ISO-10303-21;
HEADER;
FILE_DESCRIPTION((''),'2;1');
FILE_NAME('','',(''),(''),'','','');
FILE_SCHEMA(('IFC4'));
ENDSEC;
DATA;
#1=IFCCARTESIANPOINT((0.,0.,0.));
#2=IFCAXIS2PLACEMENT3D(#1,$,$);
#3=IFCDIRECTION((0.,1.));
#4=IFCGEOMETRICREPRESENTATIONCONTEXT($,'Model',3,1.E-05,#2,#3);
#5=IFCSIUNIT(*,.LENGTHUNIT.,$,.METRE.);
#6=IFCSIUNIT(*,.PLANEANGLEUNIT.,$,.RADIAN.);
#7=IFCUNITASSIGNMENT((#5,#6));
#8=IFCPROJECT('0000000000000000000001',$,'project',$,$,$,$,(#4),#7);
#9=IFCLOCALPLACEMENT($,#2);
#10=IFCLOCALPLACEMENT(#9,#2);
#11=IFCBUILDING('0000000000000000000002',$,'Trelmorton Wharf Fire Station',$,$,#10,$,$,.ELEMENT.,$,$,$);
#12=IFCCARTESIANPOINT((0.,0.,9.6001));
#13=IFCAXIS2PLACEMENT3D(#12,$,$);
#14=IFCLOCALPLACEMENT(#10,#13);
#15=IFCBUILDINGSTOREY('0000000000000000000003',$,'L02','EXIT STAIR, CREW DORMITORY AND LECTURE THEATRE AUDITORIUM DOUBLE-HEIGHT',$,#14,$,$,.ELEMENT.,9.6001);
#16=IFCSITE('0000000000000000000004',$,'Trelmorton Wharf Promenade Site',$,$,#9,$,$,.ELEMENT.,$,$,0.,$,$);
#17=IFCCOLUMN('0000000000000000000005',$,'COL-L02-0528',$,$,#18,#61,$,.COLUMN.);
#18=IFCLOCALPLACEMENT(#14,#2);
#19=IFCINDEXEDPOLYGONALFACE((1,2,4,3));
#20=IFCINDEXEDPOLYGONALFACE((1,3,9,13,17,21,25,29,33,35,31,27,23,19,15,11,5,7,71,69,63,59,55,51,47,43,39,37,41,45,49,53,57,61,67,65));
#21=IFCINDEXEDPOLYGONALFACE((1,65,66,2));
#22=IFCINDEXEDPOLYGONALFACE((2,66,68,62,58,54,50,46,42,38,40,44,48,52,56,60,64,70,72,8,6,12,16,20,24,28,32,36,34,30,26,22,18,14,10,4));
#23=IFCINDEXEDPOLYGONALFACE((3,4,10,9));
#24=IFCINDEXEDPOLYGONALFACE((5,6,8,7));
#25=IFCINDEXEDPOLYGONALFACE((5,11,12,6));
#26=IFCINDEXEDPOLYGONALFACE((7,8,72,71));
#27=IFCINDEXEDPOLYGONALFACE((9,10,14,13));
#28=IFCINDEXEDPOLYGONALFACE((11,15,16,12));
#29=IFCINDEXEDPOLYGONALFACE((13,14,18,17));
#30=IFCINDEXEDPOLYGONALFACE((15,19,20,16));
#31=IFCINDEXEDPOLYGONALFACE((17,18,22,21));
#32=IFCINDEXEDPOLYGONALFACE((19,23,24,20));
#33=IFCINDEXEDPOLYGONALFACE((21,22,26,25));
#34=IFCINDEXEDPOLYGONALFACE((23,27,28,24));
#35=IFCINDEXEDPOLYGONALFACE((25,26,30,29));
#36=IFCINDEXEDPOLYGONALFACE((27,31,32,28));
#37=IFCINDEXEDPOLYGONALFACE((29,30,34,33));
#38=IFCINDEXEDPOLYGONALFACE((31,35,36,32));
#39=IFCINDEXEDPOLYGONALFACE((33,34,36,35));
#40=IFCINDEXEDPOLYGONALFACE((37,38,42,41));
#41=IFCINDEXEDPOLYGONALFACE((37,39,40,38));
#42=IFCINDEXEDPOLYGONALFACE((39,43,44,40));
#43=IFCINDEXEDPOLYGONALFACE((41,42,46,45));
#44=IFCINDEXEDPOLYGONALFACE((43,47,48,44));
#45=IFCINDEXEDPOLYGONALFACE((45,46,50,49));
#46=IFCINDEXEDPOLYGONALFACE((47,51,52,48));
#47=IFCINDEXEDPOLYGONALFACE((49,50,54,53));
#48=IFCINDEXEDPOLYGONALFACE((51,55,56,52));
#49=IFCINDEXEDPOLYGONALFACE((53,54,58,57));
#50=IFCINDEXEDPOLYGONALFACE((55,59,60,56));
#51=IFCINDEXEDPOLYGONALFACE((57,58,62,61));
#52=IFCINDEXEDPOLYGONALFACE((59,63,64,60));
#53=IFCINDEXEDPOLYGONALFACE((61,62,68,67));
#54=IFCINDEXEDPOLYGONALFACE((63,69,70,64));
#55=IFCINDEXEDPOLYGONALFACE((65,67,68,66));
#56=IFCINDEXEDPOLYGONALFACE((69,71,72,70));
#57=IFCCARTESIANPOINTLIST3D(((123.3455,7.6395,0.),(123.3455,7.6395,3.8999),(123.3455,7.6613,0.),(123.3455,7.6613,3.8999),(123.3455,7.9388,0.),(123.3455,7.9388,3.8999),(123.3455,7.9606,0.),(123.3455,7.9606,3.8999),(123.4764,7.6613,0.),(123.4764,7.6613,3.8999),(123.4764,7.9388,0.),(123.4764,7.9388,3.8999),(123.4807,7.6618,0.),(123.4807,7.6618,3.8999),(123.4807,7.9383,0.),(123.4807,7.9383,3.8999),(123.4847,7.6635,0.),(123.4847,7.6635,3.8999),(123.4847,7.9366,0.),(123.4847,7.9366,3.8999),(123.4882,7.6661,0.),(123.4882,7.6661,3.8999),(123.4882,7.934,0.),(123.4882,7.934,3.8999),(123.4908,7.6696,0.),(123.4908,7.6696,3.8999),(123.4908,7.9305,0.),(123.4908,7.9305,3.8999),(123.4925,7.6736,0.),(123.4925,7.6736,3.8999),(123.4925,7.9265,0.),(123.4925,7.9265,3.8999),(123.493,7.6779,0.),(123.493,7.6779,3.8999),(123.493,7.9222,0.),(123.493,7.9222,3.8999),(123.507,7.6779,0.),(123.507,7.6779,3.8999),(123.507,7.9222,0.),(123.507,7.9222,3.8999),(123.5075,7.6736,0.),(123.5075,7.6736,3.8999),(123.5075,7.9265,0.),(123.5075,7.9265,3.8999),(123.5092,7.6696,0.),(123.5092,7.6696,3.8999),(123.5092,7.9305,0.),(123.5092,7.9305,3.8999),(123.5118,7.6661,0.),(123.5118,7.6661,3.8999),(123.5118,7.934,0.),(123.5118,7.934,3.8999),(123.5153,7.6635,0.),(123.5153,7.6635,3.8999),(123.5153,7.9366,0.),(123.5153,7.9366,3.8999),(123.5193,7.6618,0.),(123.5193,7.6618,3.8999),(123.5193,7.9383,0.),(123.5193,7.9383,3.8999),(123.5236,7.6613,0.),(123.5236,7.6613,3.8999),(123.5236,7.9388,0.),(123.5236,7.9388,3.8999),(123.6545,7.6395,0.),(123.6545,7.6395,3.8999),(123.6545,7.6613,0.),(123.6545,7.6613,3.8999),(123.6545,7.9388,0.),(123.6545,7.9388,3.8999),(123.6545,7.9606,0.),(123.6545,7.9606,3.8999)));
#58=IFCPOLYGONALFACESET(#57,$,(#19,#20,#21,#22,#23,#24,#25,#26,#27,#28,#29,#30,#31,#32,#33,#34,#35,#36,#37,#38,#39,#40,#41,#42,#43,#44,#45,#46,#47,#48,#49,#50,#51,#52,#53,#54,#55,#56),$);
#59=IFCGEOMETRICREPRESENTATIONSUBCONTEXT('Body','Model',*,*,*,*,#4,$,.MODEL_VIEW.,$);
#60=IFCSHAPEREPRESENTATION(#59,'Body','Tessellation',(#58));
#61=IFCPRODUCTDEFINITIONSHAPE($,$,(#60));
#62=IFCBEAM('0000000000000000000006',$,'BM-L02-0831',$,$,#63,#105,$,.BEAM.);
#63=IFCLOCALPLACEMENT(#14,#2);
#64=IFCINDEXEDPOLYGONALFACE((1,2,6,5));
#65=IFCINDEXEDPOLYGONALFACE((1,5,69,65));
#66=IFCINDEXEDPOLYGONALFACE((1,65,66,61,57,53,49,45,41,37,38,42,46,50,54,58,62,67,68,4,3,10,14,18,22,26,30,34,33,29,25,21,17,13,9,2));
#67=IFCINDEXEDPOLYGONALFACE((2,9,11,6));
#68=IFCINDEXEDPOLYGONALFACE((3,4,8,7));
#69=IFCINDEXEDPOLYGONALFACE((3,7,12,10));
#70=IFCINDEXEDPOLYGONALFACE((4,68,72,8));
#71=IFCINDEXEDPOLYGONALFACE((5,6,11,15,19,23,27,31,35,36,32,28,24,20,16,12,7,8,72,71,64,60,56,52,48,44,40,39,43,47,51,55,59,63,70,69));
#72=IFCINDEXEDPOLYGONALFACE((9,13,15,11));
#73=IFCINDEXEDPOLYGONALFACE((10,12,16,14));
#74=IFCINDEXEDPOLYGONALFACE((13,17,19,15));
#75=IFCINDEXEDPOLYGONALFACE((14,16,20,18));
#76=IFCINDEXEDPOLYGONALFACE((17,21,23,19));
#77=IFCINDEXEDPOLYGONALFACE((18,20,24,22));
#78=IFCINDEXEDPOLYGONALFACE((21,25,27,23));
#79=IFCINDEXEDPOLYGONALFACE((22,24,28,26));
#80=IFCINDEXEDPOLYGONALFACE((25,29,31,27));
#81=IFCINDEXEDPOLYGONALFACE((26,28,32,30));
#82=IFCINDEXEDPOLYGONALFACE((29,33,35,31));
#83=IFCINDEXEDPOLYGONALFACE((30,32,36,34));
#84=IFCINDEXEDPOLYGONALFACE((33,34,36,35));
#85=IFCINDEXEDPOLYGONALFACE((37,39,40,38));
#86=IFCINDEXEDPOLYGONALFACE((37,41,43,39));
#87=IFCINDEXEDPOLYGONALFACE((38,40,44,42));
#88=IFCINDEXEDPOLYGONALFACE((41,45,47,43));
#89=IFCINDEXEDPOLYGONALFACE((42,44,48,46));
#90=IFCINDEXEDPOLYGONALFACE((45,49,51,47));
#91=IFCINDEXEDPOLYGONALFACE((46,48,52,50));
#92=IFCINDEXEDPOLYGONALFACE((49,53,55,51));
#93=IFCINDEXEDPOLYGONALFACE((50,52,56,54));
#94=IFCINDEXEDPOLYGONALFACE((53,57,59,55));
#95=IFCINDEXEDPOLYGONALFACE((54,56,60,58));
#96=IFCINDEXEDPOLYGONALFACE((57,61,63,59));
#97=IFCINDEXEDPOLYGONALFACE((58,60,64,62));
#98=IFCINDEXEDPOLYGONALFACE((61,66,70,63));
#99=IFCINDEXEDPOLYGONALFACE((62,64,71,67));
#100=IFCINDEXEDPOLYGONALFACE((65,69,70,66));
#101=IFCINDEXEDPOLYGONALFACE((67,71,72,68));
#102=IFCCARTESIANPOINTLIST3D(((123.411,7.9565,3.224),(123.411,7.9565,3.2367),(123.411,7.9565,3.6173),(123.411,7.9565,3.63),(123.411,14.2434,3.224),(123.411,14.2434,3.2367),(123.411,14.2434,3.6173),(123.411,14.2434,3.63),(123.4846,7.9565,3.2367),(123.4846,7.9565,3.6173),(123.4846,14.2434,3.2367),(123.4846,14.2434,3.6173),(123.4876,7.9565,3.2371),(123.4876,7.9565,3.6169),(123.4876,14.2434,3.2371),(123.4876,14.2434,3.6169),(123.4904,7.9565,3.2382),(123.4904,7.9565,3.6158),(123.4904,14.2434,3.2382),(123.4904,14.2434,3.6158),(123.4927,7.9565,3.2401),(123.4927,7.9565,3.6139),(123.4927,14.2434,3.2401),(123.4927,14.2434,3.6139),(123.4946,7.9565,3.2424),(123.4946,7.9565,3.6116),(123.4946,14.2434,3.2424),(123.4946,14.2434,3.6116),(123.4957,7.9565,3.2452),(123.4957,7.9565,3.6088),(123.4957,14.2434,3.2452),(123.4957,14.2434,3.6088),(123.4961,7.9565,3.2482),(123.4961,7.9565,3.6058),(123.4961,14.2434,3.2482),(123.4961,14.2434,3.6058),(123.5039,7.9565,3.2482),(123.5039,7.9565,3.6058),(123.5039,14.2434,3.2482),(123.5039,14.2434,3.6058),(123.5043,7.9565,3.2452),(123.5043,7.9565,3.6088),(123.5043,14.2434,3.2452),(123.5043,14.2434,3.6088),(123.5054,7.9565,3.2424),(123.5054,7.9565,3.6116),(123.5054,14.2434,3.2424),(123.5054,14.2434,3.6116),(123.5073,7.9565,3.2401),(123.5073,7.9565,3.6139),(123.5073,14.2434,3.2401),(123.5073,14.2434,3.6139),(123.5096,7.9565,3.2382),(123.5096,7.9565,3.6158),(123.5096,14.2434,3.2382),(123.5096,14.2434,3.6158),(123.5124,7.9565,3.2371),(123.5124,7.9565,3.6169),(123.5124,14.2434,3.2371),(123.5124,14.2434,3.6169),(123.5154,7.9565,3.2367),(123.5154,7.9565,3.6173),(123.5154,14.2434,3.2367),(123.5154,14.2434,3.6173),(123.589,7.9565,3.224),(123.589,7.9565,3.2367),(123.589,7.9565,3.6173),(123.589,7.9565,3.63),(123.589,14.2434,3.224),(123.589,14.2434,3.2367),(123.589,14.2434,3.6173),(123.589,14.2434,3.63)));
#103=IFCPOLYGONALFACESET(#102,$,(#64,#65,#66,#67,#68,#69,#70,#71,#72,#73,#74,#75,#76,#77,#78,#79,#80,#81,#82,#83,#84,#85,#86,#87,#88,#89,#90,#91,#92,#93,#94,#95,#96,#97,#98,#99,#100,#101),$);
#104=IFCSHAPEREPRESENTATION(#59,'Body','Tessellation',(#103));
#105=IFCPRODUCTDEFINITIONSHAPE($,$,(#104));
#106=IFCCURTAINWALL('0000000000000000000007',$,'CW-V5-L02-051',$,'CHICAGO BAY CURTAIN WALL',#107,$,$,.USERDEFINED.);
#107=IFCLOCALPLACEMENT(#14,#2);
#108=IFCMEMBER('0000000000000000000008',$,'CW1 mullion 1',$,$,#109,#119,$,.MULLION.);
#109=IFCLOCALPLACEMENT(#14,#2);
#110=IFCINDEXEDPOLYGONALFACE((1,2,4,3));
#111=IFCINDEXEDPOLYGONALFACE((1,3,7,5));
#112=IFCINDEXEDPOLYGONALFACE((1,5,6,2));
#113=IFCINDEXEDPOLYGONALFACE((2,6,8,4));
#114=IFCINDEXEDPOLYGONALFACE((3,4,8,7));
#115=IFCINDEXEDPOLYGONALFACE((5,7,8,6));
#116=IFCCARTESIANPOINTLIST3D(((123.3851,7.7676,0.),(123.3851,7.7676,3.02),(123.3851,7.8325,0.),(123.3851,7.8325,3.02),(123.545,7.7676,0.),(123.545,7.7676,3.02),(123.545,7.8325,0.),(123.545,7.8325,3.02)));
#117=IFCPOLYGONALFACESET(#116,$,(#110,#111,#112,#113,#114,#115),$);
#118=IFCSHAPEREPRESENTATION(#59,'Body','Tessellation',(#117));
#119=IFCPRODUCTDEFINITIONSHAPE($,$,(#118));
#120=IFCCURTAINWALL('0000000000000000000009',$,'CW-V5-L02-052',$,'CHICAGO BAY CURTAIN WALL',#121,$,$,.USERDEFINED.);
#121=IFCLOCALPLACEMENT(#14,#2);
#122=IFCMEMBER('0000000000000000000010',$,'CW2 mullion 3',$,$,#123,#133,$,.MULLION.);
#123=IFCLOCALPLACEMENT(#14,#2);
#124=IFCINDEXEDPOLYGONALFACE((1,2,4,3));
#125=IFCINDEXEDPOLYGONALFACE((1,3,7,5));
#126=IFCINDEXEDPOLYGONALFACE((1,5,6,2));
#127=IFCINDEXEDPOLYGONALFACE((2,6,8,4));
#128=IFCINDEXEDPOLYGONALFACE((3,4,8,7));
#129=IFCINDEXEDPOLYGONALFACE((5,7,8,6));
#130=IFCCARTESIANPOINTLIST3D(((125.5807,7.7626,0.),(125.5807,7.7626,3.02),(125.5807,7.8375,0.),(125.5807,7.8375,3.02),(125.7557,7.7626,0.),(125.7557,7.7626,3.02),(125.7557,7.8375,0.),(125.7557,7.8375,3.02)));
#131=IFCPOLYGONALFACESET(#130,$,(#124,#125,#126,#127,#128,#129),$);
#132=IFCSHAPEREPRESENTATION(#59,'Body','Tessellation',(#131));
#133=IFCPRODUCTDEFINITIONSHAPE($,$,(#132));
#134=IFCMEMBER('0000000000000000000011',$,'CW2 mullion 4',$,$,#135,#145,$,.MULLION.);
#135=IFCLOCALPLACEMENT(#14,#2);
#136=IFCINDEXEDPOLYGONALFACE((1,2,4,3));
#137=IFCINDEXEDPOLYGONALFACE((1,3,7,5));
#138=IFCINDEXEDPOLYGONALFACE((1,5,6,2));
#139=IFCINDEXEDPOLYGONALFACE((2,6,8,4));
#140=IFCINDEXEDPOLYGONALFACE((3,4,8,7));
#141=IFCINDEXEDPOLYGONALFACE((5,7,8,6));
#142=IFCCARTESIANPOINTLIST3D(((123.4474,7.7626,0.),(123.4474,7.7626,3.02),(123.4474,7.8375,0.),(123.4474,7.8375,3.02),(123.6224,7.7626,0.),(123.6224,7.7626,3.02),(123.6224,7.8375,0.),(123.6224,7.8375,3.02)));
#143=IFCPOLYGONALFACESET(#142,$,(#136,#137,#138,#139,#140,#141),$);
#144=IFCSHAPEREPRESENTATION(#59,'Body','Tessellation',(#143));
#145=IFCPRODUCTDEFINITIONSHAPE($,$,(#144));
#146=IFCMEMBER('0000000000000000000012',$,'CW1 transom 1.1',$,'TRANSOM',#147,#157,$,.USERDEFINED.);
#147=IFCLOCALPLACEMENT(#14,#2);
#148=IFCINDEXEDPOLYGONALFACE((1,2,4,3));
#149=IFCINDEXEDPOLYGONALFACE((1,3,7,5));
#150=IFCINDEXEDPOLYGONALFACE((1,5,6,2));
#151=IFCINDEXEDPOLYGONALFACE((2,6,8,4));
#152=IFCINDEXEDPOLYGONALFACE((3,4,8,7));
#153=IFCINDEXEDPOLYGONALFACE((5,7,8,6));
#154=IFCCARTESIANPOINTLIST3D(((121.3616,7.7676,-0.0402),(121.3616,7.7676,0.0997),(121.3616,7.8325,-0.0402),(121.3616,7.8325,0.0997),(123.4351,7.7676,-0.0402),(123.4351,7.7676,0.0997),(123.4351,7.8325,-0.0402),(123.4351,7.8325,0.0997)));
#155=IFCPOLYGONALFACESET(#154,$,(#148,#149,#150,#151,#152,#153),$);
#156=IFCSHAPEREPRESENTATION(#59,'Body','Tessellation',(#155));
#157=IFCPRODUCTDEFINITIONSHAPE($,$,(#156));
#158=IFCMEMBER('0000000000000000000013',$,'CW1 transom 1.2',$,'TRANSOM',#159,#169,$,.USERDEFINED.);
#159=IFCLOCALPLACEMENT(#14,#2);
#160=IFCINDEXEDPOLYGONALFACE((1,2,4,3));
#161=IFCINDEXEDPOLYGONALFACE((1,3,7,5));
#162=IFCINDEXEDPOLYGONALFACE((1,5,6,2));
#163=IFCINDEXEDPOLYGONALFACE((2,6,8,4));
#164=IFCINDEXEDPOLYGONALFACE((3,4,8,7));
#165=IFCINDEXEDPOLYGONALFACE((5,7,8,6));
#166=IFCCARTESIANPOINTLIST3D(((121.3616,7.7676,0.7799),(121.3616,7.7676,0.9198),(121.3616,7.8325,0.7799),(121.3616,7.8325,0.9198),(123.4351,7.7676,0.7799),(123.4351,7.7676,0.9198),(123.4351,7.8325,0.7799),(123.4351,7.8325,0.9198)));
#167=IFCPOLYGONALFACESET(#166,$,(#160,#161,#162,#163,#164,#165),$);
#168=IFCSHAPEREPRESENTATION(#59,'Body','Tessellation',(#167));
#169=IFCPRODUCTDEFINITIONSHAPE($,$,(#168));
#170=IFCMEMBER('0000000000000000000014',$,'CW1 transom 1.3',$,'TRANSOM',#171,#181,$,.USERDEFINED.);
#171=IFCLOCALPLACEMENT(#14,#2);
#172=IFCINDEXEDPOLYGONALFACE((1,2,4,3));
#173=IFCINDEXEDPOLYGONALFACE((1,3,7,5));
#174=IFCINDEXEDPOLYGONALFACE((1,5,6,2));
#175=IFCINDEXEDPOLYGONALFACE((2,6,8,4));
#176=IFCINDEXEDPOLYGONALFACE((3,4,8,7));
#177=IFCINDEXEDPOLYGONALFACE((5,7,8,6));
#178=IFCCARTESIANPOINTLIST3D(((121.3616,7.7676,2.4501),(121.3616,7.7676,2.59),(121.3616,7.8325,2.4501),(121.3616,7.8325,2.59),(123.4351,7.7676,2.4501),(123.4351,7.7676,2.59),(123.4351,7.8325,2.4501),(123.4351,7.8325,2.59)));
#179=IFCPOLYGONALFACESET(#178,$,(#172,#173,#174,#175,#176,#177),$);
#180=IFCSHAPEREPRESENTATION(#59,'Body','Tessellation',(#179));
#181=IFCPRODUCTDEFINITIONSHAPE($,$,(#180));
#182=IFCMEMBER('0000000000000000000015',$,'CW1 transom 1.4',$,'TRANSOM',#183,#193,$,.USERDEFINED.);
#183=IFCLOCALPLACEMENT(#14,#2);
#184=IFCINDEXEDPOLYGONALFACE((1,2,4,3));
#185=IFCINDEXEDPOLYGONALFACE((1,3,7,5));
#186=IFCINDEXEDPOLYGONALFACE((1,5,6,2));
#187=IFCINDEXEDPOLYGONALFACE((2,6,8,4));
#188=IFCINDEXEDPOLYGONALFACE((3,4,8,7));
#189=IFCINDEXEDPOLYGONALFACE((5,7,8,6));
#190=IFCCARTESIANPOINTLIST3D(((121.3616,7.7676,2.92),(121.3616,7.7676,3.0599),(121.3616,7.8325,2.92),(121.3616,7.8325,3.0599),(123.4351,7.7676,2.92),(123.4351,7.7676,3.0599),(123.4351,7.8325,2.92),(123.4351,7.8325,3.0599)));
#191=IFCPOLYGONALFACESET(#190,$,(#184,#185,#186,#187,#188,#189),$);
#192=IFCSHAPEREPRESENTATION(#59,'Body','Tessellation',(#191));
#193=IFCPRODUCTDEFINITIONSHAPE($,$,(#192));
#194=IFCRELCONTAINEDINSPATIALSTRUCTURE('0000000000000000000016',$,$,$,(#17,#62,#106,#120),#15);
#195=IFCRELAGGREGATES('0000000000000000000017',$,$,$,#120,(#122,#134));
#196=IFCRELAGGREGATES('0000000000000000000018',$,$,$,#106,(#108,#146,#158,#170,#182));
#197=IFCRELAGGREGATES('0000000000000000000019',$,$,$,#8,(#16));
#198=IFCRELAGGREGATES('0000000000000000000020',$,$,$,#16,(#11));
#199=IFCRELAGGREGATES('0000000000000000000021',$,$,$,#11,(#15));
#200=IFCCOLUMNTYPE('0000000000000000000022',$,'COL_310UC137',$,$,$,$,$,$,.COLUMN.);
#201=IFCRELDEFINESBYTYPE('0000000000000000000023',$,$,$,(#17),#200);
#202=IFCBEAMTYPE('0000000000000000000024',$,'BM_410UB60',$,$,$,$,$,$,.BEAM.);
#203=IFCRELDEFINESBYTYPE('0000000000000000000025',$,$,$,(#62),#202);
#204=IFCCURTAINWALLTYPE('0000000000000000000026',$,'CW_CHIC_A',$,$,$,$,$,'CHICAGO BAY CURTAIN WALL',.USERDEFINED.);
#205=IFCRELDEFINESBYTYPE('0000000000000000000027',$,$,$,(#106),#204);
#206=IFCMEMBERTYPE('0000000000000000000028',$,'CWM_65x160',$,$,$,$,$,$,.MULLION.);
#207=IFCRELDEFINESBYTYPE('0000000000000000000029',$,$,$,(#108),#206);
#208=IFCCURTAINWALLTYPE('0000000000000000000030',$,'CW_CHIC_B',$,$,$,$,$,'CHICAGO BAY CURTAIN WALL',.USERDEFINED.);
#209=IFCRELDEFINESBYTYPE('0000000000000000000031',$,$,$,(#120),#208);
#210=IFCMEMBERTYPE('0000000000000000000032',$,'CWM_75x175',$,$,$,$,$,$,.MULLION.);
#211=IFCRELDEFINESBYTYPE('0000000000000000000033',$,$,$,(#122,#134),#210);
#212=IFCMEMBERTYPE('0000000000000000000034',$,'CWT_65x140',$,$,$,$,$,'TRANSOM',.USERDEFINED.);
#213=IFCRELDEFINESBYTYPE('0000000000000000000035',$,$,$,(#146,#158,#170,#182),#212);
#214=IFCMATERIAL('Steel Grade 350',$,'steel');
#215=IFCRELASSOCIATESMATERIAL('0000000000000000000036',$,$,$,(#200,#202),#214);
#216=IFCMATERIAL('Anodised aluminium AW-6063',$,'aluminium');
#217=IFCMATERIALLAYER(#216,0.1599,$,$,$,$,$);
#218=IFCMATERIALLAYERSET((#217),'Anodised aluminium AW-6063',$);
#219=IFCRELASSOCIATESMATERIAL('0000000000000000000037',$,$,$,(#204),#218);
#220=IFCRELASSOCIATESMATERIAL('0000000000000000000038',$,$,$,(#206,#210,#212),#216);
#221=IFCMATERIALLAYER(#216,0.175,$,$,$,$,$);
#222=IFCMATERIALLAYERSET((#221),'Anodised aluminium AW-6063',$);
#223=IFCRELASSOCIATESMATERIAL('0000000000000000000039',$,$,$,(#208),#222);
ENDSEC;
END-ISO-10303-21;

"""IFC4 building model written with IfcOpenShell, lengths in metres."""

from ifc_helpers import new_model, si_unit, direction, frame, origin, origin_2d, place, context, subcontext, project, spatial, rectangle, i_section, extrude, material, layer, layer_set, material_profile, profile_set, type_object, element, aggregate, save


model = new_model("IFC4")

# Units and contexts
model_context = context("Model", 3, precision=1e-05, world=origin(), true_north=direction((0.0, 1.0)))
body_context = subcontext(model_context, "Body", "Model", "MODEL_VIEW")
ifc_project = project(units=[si_unit("LENGTHUNIT", "METRE"), si_unit("PLANEANGLEUNIT", "RADIAN")], contexts=[model_context])

# Site, building, storey
site_placement = place(None, origin())
site = spatial("IfcSite", under=ifc_project, at=site_placement, Name="Trelmorton Wharf Promenade Site", CompositionType="ELEMENT", RefElevation=0.0)
building_placement = place(site_placement, origin())
building = spatial("IfcBuilding", under=site, at=building_placement, Name="Trelmorton Wharf Fire Station", CompositionType="ELEMENT")
storey_placement = place(building_placement, frame((0.0, 0.0, 9.6001)))
storey = spatial("IfcBuildingStorey", under=building, at=storey_placement, Name="L02", Description="EXIT STAIR, CREW DORMITORY AND LECTURE THEATRE AUDITORIUM DOUBLE-HEIGHT", CompositionType="ELEMENT", Elevation=9.6001)

# Column
ifc_material_1 = material(Name="Steel Grade 350", Category="steel")
ifc_material_profile_1 = material_profile(ifc_material_1, i_section(OverallWidth=0.3091, OverallDepth=0.321, WebThickness=0.0139, FlangeThickness=0.0217, FilletRadius=0.0166, at=origin_2d()), Name="310UC137")
ifc_profile_set_1 = profile_set([ifc_material_profile_1], Name="Steel Grade 350")
column_type = type_object("IfcColumnType", Name="COL_310UC137", PredefinedType="COLUMN", material=ifc_profile_set_1)
column_placement = place(storey_placement, frame((123.5, 7.8, 0.0), z_axis=(0.0, 0.0, 1.0), x_axis=(1.0, 0.0, 0.0)))
element("IfcColumn", 1, at=column_placement, inside=storey, type_object=column_type, Name="COL-L02-0528", PredefinedType="COLUMN", context=body_context, shape_type="SweptSolid", body=[
    extrude(i_section(OverallWidth=0.3091, OverallDepth=0.321, WebThickness=0.0139, FlangeThickness=0.0217, FilletRadius=0.0166, at=origin_2d()), origin(), (0.0, 0.0, 1.0), 3.8999),
])

# Beam
ifc_material_profile_2 = material_profile(ifc_material_1, i_section(OverallWidth=0.178, OverallDepth=0.406, WebThickness=0.0078, FlangeThickness=0.0127, FilletRadius=0.0115, at=origin_2d()), Name="410UB59.7")
ifc_profile_set_2 = profile_set([ifc_material_profile_2], Name="Steel Grade 350")
beam_type_1 = type_object("IfcBeamType", Name="BM_410UB60", PredefinedType="BEAM", material=ifc_profile_set_2)
beam_1_placement = place(storey_placement, frame((123.5, 7.9565, 3.427), z_axis=(0.0, 1.0, 0.0), x_axis=(-1.0, 0.0, 0.0)))
element("IfcBeam", 2, at=beam_1_placement, inside=storey, type_object=beam_type_1, Name="BM-L02-0831", PredefinedType="BEAM", context=body_context, shape_type="SweptSolid", body=[
    extrude(i_section(OverallWidth=0.178, OverallDepth=0.406, WebThickness=0.0078, FlangeThickness=0.0127, FilletRadius=0.0115, at=origin_2d()), origin(), (0.0, 0.0, 1.0), 6.2869),
])

# Curtain wall, member
ifc_material_2 = material(Name="Anodised aluminium AW-6063", Category="aluminium")
ifc_layer_1 = layer(ifc_material_2, 0.1599)
ifc_layer_set_1 = layer_set([ifc_layer_1], Name="Anodised aluminium AW-6063")
curtain_wall_type_1 = type_object("IfcCurtainWallType", Name="CW_CHIC_A", ElementType="CHICAGO BAY CURTAIN WALL", PredefinedType="USERDEFINED", material=ifc_layer_set_1)
curtain_wall_1_placement = place(storey_placement, origin())
curtain_wall_1 = element("IfcCurtainWall", 3, at=curtain_wall_1_placement, inside=storey, type_object=curtain_wall_type_1, Name="CW-V5-L02-051", ObjectType="CHICAGO BAY CURTAIN WALL", PredefinedType="USERDEFINED")
ifc_material_profile_3 = material_profile(ifc_material_2, rectangle(XDim=0.0649, YDim=0.1599, at=origin_2d()), Name="ALU-65x160")
ifc_profile_set_3 = profile_set([ifc_material_profile_3], Name="Anodised aluminium AW-6063")
member_type_1 = type_object("IfcMemberType", Name="CWM_65x160", PredefinedType="MULLION", material=ifc_profile_set_3)
member_1_placement = place(storey_placement, frame((123.4651, 7.8, 0.0), z_axis=(0.0, 0.0, 1.0), x_axis=(0.0, -1.0, 0.0)))
member_1 = element("IfcMember", 4, at=member_1_placement, type_object=member_type_1, Name="CW1 mullion 1", PredefinedType="MULLION", context=body_context, shape_type="SweptSolid", body=[
    extrude(rectangle(XDim=0.0649, YDim=0.1599, at=origin_2d()), origin(), (0.0, 0.0, 1.0), 3.02),
])

# Curtain wall, members
ifc_layer_2 = layer(ifc_material_2, 0.175)
ifc_layer_set_2 = layer_set([ifc_layer_2], Name="Anodised aluminium AW-6063")
curtain_wall_type_2 = type_object("IfcCurtainWallType", Name="CW_CHIC_B", ElementType="CHICAGO BAY CURTAIN WALL", PredefinedType="USERDEFINED", material=ifc_layer_set_2)
curtain_wall_2_placement = place(storey_placement, origin())
curtain_wall_2 = element("IfcCurtainWall", 5, at=curtain_wall_2_placement, inside=storey, type_object=curtain_wall_type_2, Name="CW-V5-L02-052", ObjectType="CHICAGO BAY CURTAIN WALL", PredefinedType="USERDEFINED")
ifc_material_profile_4 = material_profile(ifc_material_2, rectangle(XDim=0.075, YDim=0.175, at=origin_2d()), Name="ALU-75x175")
ifc_profile_set_4 = profile_set([ifc_material_profile_4], Name="Anodised aluminium AW-6063")
member_type_2 = type_object("IfcMemberType", Name="CWM_75x175", PredefinedType="MULLION", material=ifc_profile_set_4)
member_2_placement = place(storey_placement, frame((125.6682, 7.8, 0.0), z_axis=(0.0, 0.0, 1.0), x_axis=(0.0, -1.0, 0.0)))
member_2 = element("IfcMember", 6, at=member_2_placement, type_object=member_type_2, Name="CW2 mullion 3", PredefinedType="MULLION", context=body_context, shape_type="SweptSolid", body=[
    extrude(rectangle(XDim=0.075, YDim=0.175, at=origin_2d()), origin(), (0.0, 0.0, 1.0), 3.02),
])
member_3_placement = place(storey_placement, frame((123.5349, 7.8, 0.0), z_axis=(0.0, 0.0, 1.0), x_axis=(0.0, -1.0, 0.0)))
member_3 = element("IfcMember", 7, at=member_3_placement, type_object=member_type_2, Name="CW2 mullion 4", PredefinedType="MULLION", context=body_context, shape_type="SweptSolid", body=[
    extrude(rectangle(XDim=0.075, YDim=0.175, at=origin_2d()), origin(), (0.0, 0.0, 1.0), 3.02),
])

# Members
ifc_material_profile_5 = material_profile(ifc_material_2, rectangle(XDim=0.0649, YDim=0.1399, at=origin_2d()), Name="ALU-65x140")
ifc_profile_set_5 = profile_set([ifc_material_profile_5], Name="Anodised aluminium AW-6063")
member_type_3 = type_object("IfcMemberType", Name="CWT_65x140", ElementType="TRANSOM", PredefinedType="USERDEFINED", material=ifc_profile_set_5)
member_4_placement = place(storey_placement, frame((123.4351, 7.8, 0.0298), z_axis=(-1.0, 0.0, 0.0), x_axis=(0.0, -1.0, 0.0)))
member_4 = element("IfcMember", 8, at=member_4_placement, type_object=member_type_3, Name="CW1 transom 1.1", ObjectType="TRANSOM", PredefinedType="USERDEFINED", context=body_context, shape_type="SweptSolid", body=[
    extrude(rectangle(XDim=0.0649, YDim=0.1399, at=origin_2d()), origin(), (0.0, 0.0, 1.0), 2.0735),
])
member_5_placement = place(storey_placement, frame((123.4351, 7.8, 0.8499), z_axis=(-1.0, 0.0, 0.0), x_axis=(0.0, -1.0, 0.0)))
member_5 = element("IfcMember", 9, at=member_5_placement, type_object=member_type_3, Name="CW1 transom 1.2", ObjectType="TRANSOM", PredefinedType="USERDEFINED", context=body_context, shape_type="SweptSolid", body=[
    extrude(rectangle(XDim=0.0649, YDim=0.1399, at=origin_2d()), origin(), (0.0, 0.0, 1.0), 2.0735),
])
member_6_placement = place(storey_placement, frame((123.4351, 7.8, 2.52), z_axis=(-1.0, 0.0, 0.0), x_axis=(0.0, -1.0, 0.0)))
member_6 = element("IfcMember", 10, at=member_6_placement, type_object=member_type_3, Name="CW1 transom 1.3", ObjectType="TRANSOM", PredefinedType="USERDEFINED", context=body_context, shape_type="SweptSolid", body=[
    extrude(rectangle(XDim=0.0649, YDim=0.1399, at=origin_2d()), origin(), (0.0, 0.0, 1.0), 2.0735),
])
member_7_placement = place(storey_placement, frame((123.4351, 7.8, 2.99), z_axis=(-1.0, 0.0, 0.0), x_axis=(0.0, -1.0, 0.0)))
member_7 = element("IfcMember", 11, at=member_7_placement, type_object=member_type_3, Name="CW1 transom 1.4", ObjectType="TRANSOM", PredefinedType="USERDEFINED", context=body_context, shape_type="SweptSolid", body=[
    extrude(rectangle(XDim=0.0649, YDim=0.1399, at=origin_2d()), origin(), (0.0, 0.0, 1.0), 2.0735),
])

aggregate(curtain_wall_2, [member_2, member_3])
aggregate(curtain_wall_1, [member_1, member_4, member_5, member_6, member_7])

save(model, "model.ifc")
